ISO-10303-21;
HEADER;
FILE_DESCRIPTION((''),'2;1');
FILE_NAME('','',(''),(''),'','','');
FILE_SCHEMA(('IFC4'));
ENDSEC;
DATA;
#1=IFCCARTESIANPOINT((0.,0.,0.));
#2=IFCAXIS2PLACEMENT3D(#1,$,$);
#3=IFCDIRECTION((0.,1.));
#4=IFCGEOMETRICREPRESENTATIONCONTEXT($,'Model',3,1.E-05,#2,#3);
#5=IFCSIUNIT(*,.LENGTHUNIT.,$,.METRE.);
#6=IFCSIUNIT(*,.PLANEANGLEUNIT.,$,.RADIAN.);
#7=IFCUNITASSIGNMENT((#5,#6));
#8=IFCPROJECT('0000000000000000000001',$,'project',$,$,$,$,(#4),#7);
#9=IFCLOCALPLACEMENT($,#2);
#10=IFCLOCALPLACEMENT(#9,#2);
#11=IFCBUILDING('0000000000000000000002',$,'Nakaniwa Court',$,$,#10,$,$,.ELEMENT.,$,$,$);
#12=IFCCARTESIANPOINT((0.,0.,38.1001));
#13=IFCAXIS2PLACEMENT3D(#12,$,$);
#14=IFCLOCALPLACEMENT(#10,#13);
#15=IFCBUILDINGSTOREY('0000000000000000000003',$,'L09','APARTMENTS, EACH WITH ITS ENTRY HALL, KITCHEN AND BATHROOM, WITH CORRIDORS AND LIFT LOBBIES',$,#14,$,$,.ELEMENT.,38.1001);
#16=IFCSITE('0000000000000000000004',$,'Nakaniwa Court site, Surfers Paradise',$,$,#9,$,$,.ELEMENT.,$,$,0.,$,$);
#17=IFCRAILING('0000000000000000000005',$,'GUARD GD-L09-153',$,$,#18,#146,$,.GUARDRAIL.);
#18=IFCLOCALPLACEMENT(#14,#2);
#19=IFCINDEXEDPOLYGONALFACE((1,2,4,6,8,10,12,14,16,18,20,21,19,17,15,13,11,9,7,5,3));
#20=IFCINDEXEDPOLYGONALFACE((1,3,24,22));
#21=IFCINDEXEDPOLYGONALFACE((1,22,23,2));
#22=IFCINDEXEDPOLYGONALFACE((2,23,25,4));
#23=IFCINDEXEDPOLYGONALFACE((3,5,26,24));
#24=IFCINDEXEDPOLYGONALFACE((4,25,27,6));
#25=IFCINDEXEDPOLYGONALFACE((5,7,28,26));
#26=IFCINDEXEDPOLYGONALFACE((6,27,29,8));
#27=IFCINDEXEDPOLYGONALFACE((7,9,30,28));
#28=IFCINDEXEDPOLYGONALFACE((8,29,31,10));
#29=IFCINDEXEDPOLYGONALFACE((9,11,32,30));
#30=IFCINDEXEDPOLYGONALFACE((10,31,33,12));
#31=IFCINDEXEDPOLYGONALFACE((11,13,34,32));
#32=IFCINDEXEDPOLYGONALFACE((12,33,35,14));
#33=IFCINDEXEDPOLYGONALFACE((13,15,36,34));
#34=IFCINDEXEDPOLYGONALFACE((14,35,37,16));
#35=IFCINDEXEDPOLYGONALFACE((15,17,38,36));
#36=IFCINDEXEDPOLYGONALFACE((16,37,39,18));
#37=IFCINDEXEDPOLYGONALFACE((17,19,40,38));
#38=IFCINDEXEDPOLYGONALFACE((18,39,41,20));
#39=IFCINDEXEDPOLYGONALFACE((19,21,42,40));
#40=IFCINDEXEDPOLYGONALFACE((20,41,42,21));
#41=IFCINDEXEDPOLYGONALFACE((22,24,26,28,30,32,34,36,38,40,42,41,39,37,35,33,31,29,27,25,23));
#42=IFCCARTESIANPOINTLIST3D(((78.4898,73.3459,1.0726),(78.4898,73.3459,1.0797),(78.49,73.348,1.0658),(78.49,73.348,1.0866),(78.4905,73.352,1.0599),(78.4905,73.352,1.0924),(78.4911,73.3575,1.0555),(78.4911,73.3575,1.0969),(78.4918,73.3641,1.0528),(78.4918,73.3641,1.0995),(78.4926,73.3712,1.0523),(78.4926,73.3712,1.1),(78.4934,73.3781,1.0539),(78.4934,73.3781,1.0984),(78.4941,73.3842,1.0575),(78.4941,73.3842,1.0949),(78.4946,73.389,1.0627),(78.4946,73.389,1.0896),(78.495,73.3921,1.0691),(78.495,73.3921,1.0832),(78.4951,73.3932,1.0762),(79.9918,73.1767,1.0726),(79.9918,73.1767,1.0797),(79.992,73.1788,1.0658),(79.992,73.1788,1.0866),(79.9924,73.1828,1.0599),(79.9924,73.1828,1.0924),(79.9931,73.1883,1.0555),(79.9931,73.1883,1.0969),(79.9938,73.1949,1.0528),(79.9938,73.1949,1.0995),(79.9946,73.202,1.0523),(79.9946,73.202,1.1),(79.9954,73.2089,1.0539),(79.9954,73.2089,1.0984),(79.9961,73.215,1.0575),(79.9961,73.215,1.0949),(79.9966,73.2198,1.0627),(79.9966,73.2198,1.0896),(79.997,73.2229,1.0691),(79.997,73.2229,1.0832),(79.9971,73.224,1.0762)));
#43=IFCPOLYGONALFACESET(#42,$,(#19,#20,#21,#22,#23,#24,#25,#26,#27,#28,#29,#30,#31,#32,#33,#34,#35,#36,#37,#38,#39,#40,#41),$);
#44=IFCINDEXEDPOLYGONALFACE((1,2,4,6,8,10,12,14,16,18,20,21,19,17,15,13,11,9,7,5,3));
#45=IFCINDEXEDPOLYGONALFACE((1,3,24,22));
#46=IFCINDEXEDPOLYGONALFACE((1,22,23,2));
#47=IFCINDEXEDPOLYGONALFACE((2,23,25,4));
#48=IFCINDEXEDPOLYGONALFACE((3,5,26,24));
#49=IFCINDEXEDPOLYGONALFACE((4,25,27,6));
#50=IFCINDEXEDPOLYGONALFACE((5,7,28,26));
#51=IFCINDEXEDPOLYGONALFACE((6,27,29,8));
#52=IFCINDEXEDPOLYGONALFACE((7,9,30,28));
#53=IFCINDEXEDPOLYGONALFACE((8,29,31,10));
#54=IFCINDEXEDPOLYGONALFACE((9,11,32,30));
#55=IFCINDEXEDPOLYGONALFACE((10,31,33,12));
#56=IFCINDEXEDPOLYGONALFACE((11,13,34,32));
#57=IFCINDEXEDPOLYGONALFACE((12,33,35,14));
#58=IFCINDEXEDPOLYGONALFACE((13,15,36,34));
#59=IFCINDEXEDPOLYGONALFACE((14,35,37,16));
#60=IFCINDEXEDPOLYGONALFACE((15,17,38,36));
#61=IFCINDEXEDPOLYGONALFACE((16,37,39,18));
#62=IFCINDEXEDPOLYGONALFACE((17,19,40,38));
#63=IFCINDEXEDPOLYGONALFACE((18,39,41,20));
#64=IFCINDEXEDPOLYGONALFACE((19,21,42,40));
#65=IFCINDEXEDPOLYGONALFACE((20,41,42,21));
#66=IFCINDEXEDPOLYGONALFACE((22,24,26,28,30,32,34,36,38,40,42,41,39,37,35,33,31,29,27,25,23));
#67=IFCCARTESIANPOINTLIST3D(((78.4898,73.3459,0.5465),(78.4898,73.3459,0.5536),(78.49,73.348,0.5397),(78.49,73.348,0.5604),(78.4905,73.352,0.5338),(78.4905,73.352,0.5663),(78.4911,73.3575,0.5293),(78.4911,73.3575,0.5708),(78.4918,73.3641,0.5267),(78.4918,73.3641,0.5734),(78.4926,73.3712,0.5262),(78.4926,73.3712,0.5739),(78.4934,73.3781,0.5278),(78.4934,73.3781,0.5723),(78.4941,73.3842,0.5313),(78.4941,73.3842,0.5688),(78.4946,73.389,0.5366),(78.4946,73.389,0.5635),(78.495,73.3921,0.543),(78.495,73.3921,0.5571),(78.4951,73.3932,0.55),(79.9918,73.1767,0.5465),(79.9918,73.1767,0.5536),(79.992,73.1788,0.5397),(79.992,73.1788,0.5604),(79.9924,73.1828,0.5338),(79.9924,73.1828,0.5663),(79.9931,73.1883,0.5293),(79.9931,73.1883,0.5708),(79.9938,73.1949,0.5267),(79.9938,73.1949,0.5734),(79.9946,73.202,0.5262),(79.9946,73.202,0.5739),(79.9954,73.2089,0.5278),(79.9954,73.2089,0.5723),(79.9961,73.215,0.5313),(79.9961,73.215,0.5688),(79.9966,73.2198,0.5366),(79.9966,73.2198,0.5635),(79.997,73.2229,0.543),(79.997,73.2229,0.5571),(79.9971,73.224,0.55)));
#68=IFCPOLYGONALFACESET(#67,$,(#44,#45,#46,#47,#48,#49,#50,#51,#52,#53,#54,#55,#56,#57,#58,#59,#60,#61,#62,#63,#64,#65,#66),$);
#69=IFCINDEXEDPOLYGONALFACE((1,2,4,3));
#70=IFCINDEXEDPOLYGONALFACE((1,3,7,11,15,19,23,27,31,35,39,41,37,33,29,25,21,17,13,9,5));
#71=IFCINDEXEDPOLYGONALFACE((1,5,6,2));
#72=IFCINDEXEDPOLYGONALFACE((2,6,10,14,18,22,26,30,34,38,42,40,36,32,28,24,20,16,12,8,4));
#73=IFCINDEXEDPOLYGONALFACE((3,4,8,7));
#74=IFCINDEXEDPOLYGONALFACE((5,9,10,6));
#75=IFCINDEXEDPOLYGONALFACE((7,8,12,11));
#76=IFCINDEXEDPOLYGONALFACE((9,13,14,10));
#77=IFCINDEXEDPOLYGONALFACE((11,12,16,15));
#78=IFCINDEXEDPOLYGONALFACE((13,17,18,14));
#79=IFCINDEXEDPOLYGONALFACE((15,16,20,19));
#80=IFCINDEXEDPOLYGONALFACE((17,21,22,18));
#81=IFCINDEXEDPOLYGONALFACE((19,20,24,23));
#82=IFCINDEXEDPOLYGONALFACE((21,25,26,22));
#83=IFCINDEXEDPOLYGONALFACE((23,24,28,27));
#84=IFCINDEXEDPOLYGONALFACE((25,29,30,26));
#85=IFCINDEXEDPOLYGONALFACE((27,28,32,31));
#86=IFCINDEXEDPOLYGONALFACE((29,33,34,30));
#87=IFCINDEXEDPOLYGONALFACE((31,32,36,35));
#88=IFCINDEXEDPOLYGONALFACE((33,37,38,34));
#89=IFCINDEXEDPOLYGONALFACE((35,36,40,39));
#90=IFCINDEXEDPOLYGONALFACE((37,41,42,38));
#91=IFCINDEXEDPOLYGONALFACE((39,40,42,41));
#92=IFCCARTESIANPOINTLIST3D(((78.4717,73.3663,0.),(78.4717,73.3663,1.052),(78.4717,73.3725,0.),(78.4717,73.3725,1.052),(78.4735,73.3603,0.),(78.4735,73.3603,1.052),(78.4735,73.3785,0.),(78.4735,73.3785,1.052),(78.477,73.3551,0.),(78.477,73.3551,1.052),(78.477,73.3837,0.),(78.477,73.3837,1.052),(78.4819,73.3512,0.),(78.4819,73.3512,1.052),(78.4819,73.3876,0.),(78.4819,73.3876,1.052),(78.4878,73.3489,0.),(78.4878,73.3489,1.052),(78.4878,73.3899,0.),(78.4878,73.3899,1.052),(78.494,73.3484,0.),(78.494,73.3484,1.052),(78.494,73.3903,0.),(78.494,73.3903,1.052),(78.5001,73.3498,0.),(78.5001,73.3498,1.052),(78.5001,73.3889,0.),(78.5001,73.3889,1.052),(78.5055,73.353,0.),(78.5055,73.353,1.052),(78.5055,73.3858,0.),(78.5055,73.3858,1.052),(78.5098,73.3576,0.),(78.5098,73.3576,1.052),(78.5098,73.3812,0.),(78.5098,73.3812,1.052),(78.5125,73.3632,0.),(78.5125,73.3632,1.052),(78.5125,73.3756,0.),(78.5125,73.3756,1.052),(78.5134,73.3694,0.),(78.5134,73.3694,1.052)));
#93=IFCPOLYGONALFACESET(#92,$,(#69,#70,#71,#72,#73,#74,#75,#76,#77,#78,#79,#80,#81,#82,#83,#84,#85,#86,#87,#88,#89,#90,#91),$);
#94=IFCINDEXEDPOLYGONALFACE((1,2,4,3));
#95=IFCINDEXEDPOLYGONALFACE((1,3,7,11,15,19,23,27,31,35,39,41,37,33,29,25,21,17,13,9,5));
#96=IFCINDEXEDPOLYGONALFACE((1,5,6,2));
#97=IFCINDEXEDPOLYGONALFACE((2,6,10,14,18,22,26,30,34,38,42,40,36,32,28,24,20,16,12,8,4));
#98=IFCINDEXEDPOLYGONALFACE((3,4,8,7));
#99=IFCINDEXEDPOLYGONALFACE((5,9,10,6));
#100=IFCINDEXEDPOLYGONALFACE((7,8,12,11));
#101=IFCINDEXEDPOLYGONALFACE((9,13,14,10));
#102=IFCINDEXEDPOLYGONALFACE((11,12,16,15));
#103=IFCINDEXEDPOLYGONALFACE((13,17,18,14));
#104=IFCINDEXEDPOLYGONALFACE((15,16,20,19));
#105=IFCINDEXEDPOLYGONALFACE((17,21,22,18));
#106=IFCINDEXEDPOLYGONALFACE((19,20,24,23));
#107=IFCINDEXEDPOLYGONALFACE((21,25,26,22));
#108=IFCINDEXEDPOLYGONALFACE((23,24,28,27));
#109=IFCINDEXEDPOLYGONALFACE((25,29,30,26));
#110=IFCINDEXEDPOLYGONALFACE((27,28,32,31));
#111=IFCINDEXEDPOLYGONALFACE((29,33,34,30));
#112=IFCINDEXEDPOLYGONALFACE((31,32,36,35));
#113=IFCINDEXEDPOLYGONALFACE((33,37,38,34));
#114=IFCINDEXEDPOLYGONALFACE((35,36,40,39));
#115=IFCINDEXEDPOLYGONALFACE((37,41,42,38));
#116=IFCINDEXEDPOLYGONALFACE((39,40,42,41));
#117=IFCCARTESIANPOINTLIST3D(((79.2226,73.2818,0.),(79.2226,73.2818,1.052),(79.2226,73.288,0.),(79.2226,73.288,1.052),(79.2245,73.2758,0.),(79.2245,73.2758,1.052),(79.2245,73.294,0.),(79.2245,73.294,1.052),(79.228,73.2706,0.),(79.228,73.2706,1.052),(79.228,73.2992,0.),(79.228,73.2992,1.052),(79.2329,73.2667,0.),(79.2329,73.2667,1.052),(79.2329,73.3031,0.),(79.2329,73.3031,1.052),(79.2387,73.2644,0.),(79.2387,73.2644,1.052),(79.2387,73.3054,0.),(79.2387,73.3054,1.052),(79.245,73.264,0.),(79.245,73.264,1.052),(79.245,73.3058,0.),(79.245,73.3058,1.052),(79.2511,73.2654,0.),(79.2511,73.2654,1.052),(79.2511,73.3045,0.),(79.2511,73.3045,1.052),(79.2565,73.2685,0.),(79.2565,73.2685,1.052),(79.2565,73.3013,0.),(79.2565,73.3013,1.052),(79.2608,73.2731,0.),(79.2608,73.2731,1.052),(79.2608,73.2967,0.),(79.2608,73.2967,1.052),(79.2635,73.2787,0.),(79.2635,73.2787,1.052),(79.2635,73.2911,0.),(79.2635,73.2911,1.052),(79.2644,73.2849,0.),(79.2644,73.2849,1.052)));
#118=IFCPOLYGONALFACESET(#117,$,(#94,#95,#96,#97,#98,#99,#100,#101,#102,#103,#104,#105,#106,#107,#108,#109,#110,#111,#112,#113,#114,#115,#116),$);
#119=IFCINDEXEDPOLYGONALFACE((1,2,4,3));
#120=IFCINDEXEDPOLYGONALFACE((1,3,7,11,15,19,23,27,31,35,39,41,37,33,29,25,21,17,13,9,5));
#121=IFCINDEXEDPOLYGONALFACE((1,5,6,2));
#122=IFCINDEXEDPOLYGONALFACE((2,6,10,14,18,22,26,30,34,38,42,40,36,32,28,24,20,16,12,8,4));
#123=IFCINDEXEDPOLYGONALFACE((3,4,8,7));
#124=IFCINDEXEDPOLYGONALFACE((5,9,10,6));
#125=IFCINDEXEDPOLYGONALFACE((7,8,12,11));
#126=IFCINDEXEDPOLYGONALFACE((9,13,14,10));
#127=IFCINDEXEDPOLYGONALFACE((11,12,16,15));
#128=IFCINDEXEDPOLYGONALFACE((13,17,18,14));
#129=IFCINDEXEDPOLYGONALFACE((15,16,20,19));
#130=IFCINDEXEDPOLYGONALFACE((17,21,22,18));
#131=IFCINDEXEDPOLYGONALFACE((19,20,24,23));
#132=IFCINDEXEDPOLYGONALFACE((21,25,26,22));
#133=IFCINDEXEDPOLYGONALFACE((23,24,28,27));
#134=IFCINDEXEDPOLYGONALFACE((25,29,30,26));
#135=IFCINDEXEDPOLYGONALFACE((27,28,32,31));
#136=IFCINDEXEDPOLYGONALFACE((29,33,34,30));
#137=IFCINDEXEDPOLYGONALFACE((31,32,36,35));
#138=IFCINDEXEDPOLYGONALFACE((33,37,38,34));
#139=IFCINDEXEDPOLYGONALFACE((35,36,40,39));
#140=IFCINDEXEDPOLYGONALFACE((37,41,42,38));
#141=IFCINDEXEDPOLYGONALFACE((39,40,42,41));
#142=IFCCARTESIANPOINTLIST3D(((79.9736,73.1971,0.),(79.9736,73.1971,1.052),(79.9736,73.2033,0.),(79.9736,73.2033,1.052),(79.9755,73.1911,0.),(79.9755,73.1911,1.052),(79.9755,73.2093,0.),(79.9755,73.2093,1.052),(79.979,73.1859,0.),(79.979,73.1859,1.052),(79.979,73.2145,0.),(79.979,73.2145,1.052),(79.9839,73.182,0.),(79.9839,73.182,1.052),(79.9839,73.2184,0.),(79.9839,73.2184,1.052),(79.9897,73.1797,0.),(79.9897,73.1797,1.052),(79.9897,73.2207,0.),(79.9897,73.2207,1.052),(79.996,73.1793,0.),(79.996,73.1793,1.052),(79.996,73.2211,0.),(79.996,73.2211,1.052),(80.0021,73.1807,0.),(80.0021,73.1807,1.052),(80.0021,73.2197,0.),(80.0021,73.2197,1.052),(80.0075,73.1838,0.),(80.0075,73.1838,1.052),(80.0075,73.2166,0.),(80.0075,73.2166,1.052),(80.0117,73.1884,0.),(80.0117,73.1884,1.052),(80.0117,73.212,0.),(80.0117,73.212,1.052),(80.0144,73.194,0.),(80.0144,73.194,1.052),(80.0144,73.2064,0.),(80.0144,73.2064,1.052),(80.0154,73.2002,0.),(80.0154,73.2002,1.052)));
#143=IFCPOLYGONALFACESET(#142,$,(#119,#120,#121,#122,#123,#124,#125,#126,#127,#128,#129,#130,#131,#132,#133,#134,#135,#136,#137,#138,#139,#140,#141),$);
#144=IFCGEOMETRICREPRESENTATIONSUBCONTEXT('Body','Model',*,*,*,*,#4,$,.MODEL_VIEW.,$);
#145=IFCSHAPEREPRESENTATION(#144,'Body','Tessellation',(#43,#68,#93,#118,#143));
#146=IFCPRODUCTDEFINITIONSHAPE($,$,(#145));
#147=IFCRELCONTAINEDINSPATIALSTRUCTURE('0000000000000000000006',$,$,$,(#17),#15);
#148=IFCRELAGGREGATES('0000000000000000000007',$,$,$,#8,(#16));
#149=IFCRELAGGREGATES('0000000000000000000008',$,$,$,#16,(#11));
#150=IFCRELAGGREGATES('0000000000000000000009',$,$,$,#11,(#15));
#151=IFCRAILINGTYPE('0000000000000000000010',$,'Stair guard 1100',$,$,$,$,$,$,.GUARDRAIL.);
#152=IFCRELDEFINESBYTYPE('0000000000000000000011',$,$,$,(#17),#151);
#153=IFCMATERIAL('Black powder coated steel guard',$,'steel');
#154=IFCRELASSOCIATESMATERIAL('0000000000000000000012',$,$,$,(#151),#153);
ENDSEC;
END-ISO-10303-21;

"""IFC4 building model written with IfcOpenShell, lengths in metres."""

from ifc_helpers import new_model, si_unit, direction, frame, origin, origin_2d, place, context, subcontext, project, spatial, circle, extrude, material, type_object, element, save


model = new_model("IFC4")

# Units and contexts
model_context = context("Model", 3, precision=1e-05, world=origin(), true_north=direction((0.0, 1.0)))
body_context = subcontext(model_context, "Body", "Model", "MODEL_VIEW")
ifc_project = project(units=[si_unit("LENGTHUNIT", "METRE"), si_unit("PLANEANGLEUNIT", "RADIAN")], contexts=[model_context])

# Site, building, storey
site_placement = place(None, origin())
site = spatial("IfcSite", under=ifc_project, at=site_placement, Name="Nakaniwa Court site, Surfers Paradise", CompositionType="ELEMENT", RefElevation=0.0)
building_placement = place(site_placement, origin())
building = spatial("IfcBuilding", under=site, at=building_placement, Name="Nakaniwa Court", CompositionType="ELEMENT")
storey_placement = place(building_placement, frame((0.0, 0.0, 38.1001)))
storey = spatial("IfcBuildingStorey", under=building, at=storey_placement, Name="L09", Description="APARTMENTS, EACH WITH ITS ENTRY HALL, KITCHEN AND BATHROOM, WITH CORRIDORS AND LIFT LOBBIES", CompositionType="ELEMENT", Elevation=38.1001)

# Railing
ifc_material_1 = material(Name="Black powder coated steel guard", Category="steel")
railing_type = type_object("IfcRailingType", Name="Stair guard 1100", PredefinedType="GUARDRAIL", material=ifc_material_1)
railing_1_placement = place(storey_placement, frame((78.4924, 73.3694, 0.0)))
element("IfcRailing", 1, at=railing_1_placement, inside=storey, type_object=railing_type, Name="GUARD GD-L09-153", PredefinedType="GUARDRAIL", context=body_context, shape_type="SweptSolid", body=[
    extrude(circle(Radius=0.0239, at=origin_2d()), frame((0.0, 0.0, 1.0762), z_axis=(0.993715, -0.111938, 0.0), x_axis=(0.111938, 0.993715, 0.0)), (0.0, 0.0, 1.0), 1.5115),
    extrude(circle(Radius=0.0239, at=origin_2d()), frame((0.0, 0.0, 0.55), z_axis=(0.993715, -0.111938, 0.0), x_axis=(0.111938, 0.993715, 0.0)), (0.0, 0.0, 1.0), 1.5115),
    extrude(circle(Radius=0.021, at=origin_2d()), origin(), (0.0, 0.0, 1.0), 1.052),
    extrude(circle(Radius=0.021, at=origin_2d()), frame((0.751, -0.0845, 0.0)), (0.0, 0.0, 1.0), 1.052),
    extrude(circle(Radius=0.021, at=origin_2d()), frame((1.502, -0.1692, 0.0)), (0.0, 0.0, 1.0), 1.052),
])

save(model, "model.ifc")
